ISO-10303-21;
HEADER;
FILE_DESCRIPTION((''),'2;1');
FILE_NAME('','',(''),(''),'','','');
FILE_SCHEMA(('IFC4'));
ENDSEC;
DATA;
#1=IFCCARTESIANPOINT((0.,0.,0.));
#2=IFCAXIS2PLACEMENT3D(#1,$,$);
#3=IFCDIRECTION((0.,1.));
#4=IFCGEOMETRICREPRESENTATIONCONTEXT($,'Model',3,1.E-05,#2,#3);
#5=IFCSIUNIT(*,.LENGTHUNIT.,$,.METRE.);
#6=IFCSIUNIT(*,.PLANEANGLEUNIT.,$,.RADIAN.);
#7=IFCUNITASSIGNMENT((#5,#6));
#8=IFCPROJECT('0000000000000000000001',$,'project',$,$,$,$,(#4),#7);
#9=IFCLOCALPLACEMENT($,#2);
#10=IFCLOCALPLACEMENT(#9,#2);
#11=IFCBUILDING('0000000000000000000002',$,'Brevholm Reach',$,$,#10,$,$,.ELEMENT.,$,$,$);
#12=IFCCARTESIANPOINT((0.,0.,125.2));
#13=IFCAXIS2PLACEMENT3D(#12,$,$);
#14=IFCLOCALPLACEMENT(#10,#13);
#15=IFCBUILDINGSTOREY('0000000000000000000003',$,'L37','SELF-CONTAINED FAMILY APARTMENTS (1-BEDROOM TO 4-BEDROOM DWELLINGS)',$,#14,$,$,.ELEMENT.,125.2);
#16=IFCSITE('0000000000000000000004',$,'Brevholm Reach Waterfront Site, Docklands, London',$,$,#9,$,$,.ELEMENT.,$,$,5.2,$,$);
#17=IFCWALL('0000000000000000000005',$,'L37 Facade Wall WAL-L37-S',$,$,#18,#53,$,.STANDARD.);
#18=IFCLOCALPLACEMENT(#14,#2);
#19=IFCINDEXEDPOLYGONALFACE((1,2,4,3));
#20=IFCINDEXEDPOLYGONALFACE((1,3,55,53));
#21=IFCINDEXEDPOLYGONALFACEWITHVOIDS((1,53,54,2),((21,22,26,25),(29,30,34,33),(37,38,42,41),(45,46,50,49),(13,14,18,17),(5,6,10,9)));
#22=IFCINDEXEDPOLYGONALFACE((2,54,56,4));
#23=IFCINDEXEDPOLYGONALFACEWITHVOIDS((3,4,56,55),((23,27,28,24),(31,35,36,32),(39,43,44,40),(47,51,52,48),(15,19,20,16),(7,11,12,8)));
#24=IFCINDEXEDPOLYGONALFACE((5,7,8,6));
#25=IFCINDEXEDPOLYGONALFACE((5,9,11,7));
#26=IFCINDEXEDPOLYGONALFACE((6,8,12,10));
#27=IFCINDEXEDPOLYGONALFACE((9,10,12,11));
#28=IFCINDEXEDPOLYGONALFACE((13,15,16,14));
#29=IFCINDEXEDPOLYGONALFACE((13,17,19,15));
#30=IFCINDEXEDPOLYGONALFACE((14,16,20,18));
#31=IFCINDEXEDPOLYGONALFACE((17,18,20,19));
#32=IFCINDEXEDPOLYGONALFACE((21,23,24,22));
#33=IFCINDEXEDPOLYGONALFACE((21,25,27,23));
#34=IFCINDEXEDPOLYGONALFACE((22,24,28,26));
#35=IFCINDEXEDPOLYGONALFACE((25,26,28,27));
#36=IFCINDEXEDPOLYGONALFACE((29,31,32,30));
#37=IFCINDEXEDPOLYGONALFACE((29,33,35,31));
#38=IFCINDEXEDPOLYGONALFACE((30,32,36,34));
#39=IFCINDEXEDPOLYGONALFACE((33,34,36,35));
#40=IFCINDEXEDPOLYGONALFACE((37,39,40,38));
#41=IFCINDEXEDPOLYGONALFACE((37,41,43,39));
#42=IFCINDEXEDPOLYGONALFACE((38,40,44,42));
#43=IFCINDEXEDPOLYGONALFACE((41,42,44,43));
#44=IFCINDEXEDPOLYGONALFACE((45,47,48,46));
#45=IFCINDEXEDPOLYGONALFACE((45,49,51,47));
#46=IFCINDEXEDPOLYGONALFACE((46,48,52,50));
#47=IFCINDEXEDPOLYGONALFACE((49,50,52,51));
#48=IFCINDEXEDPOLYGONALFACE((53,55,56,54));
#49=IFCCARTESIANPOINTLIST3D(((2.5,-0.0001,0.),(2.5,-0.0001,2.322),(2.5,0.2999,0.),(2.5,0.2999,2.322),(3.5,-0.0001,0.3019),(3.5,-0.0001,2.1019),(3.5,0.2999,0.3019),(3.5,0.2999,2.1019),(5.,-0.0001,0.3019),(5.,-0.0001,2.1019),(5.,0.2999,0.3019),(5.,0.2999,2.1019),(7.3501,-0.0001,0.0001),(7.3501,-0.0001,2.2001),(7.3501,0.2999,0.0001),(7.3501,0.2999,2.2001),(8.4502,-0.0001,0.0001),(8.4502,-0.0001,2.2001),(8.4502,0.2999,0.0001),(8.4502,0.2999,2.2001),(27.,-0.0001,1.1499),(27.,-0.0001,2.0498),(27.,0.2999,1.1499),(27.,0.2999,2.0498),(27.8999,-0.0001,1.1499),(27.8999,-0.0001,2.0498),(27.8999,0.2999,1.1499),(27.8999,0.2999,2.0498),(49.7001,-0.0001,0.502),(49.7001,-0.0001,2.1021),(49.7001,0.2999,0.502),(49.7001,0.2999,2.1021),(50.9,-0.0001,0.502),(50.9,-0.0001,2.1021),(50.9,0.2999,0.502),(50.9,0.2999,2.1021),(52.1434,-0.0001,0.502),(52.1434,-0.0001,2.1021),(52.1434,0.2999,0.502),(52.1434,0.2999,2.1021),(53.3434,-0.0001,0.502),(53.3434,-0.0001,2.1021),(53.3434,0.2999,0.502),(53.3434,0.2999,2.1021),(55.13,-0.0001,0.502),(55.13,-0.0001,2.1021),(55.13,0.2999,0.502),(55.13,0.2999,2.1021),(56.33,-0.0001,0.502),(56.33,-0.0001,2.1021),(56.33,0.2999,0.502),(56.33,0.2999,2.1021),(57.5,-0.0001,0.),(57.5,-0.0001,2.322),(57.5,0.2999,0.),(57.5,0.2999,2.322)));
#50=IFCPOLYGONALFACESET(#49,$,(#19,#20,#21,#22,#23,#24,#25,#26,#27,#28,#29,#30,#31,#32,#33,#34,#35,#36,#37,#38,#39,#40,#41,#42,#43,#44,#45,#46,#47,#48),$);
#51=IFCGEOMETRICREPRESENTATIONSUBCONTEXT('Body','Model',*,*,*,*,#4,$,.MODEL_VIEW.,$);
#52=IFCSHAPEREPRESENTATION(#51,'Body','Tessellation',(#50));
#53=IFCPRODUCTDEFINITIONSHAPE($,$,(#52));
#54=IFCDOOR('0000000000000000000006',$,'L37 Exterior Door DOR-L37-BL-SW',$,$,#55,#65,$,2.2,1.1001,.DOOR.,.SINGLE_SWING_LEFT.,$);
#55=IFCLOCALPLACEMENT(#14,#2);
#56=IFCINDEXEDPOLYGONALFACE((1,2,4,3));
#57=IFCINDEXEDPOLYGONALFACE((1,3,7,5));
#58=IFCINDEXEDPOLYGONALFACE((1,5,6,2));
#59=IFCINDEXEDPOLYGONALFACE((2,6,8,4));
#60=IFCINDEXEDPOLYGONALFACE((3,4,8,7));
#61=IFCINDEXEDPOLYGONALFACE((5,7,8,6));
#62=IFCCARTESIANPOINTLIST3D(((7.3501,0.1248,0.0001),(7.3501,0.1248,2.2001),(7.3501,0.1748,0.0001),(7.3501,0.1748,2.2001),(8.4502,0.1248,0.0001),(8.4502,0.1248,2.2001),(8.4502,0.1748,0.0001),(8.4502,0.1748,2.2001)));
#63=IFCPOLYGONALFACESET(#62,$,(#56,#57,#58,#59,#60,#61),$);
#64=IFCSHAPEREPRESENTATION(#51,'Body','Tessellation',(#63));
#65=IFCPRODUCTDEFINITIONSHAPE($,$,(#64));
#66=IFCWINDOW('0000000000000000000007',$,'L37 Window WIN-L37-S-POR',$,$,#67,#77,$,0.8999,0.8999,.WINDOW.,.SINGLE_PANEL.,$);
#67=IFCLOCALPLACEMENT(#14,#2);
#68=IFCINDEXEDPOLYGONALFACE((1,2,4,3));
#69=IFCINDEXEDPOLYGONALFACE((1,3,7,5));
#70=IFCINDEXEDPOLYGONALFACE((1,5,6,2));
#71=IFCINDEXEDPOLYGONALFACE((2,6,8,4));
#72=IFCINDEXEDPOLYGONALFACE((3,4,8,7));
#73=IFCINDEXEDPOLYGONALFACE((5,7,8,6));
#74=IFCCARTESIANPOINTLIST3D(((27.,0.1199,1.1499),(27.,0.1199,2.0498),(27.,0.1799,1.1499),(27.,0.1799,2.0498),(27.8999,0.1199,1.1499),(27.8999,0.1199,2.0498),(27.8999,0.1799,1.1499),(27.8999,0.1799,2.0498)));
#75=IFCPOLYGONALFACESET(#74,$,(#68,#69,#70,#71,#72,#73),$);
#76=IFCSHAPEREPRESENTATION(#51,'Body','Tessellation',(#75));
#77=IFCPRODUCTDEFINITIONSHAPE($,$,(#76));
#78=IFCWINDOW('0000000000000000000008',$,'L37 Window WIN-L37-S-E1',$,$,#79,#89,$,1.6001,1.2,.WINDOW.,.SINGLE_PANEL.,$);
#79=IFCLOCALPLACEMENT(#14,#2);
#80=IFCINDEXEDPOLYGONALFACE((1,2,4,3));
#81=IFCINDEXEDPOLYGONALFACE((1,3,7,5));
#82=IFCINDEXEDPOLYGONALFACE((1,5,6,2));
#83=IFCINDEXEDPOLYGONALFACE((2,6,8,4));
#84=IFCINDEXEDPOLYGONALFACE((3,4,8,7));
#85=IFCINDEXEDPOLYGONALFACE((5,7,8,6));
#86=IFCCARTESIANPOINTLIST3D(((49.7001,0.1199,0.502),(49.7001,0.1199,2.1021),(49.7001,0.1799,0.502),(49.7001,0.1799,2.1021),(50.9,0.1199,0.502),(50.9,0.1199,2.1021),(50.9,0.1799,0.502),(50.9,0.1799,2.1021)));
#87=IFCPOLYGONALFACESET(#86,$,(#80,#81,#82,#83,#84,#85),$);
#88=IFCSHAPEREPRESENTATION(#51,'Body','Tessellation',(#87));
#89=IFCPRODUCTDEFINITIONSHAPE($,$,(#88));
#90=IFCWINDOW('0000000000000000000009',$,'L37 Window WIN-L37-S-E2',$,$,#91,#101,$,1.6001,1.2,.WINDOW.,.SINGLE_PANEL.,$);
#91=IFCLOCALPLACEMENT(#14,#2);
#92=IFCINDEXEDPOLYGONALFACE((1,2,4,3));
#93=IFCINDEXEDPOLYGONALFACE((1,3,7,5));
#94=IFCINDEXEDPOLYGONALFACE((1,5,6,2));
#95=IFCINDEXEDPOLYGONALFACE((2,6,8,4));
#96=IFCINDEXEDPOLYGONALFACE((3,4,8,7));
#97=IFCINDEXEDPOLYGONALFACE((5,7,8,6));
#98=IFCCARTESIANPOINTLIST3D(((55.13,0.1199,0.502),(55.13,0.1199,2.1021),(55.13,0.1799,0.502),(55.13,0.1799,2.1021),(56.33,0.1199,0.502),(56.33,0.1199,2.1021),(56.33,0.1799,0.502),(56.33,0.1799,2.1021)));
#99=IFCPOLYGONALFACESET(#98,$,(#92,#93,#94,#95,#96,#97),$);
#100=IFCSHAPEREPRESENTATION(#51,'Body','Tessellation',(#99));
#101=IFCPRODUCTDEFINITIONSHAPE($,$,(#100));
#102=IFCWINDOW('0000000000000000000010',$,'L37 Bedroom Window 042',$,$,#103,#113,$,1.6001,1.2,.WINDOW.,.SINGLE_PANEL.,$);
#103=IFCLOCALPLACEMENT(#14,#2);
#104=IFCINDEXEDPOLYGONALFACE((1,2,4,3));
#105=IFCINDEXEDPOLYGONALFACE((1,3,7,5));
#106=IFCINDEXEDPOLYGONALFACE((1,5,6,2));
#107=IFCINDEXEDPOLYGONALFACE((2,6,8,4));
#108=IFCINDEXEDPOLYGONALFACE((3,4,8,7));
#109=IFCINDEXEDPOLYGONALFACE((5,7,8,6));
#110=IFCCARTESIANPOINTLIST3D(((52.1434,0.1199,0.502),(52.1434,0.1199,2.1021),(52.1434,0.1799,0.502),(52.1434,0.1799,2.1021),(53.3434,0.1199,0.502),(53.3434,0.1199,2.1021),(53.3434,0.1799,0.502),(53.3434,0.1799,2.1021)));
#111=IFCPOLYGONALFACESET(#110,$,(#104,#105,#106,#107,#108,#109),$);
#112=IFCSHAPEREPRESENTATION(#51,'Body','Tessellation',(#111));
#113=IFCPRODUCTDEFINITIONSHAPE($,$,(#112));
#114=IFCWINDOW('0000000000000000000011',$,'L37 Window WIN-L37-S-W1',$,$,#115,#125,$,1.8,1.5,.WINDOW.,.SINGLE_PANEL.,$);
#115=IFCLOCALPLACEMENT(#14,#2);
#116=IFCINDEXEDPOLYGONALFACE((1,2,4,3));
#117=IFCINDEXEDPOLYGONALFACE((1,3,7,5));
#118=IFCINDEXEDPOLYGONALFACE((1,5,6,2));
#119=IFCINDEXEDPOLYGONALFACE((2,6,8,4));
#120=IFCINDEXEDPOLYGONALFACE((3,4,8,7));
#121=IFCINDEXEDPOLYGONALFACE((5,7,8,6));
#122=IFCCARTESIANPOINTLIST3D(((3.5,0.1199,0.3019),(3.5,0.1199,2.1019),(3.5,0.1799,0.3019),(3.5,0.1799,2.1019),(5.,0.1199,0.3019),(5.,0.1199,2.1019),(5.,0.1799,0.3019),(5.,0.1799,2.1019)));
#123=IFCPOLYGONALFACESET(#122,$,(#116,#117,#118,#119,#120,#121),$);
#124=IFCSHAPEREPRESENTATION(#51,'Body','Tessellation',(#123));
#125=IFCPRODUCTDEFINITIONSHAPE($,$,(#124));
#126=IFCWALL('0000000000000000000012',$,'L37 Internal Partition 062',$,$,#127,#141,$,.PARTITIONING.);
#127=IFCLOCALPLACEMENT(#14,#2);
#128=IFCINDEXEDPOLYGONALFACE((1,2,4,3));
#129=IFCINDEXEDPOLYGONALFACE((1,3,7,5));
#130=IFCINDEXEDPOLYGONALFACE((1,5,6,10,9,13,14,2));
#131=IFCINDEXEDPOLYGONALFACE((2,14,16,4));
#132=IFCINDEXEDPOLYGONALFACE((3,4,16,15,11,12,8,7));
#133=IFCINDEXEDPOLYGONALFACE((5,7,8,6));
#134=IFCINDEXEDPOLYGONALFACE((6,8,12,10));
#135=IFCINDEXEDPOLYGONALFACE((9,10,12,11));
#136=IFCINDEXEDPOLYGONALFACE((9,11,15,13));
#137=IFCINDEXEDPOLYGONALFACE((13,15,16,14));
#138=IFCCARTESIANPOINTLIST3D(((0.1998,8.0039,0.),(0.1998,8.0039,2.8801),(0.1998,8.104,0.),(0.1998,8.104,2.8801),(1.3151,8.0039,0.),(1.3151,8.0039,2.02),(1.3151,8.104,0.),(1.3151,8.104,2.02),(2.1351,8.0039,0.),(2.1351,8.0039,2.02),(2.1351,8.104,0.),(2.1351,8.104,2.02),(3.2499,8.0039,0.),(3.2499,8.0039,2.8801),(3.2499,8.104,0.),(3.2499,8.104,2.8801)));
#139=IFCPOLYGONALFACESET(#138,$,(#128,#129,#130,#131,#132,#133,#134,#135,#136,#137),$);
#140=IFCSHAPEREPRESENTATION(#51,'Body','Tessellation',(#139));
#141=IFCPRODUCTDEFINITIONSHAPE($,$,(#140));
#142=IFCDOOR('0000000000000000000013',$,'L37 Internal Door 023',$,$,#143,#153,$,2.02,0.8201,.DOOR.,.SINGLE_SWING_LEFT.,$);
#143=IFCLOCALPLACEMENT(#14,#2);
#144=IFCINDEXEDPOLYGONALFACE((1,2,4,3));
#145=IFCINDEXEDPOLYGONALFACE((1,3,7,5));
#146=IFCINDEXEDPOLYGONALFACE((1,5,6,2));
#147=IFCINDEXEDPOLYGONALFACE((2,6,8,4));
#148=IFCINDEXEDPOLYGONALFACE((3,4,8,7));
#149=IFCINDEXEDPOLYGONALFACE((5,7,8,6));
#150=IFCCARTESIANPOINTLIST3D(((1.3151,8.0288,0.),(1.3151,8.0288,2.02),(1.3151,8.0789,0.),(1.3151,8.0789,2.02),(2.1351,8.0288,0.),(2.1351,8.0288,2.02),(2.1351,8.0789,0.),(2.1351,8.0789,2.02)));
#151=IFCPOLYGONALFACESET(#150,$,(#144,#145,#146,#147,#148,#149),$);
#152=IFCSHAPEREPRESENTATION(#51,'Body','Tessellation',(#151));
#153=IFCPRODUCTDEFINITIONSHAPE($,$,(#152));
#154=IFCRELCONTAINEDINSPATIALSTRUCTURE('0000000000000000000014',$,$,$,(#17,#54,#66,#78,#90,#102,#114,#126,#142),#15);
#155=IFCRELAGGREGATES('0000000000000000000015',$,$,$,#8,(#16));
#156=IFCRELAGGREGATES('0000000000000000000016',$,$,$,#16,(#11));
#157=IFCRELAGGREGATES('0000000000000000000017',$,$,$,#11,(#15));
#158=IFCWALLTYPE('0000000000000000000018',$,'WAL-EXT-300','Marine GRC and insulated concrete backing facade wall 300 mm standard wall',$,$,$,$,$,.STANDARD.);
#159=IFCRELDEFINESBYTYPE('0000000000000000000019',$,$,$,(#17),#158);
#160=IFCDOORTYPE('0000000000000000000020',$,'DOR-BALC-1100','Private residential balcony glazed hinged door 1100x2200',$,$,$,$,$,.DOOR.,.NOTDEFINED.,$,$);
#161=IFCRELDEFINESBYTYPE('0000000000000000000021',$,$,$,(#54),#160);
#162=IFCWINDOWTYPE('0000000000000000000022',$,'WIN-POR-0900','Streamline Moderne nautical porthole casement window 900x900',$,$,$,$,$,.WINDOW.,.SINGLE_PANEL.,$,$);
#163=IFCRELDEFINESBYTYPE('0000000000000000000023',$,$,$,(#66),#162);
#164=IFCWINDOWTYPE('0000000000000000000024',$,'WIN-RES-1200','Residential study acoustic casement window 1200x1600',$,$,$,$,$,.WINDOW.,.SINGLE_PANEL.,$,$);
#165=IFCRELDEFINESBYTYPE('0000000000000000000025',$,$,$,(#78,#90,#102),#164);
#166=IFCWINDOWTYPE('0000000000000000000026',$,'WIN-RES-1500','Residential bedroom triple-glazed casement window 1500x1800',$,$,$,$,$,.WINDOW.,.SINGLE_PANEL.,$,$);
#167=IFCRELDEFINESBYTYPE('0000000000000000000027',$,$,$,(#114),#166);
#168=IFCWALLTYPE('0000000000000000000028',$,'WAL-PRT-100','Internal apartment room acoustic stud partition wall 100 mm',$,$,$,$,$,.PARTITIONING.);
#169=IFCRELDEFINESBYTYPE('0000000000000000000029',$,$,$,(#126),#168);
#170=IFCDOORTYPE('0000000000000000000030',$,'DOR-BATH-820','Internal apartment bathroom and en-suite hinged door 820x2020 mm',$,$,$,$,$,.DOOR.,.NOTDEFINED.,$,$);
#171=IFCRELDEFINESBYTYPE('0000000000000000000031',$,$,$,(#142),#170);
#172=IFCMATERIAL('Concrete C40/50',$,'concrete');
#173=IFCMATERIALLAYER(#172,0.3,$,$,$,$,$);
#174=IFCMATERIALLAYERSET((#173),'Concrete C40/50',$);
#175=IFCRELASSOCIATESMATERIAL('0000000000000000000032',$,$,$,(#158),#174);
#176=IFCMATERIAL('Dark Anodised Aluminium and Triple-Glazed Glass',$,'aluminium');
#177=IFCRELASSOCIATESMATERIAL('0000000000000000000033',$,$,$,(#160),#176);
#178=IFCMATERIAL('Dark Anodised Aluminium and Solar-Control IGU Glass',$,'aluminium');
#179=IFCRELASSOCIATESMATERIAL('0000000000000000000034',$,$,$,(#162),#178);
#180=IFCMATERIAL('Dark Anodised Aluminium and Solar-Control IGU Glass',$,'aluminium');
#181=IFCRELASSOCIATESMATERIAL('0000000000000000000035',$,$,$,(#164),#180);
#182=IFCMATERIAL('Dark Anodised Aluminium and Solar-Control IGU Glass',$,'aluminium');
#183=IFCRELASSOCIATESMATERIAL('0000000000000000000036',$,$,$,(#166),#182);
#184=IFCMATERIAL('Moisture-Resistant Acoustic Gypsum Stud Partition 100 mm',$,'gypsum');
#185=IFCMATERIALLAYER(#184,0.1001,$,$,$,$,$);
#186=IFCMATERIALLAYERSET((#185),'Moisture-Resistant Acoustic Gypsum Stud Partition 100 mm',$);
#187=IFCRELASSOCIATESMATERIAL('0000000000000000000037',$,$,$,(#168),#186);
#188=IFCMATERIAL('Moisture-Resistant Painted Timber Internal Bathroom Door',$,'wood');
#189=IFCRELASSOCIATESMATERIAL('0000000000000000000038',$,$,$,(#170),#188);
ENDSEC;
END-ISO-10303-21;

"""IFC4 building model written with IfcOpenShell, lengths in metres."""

from ifc_helpers import new_model, si_unit, direction, frame, frame_2d, origin, place, context, subcontext, project, spatial, rectangle, extrude, material, layer, layer_set, type_object, element, fill, save


model = new_model("IFC4")

# Units and contexts
model_context = context("Model", 3, precision=1e-05, world=origin(), true_north=direction((0.0, 1.0)))
body_context = subcontext(model_context, "Body", "Model", "MODEL_VIEW")
ifc_project = project(units=[si_unit("LENGTHUNIT", "METRE"), si_unit("PLANEANGLEUNIT", "RADIAN")], contexts=[model_context])

# Site, building, storey
site_placement = place(None, origin())
site = spatial("IfcSite", under=ifc_project, at=site_placement, Name="Brevholm Reach Waterfront Site, Docklands, London", CompositionType="ELEMENT", RefElevation=5.2)
building_placement = place(site_placement, origin())
building = spatial("IfcBuilding", under=site, at=building_placement, Name="Brevholm Reach", CompositionType="ELEMENT")
storey_placement = place(building_placement, frame((0.0, 0.0, 125.2)))
storey = spatial("IfcBuildingStorey", under=building, at=storey_placement, Name="L37", Description="SELF-CONTAINED FAMILY APARTMENTS (1-BEDROOM TO 4-BEDROOM DWELLINGS)", CompositionType="ELEMENT", Elevation=125.2)

# Shared definitions
ifc_material_1 = material(Name="Concrete C40/50", Category="concrete")
ifc_layer_1 = layer(ifc_material_1, 0.3)
ifc_layer_set_1 = layer_set([ifc_layer_1], Name="Concrete C40/50")
wall_type_1 = type_object("IfcWallType", Name="WAL-EXT-300", Description="Marine GRC and insulated concrete backing facade wall 300 mm standard wall", PredefinedType="STANDARD", material=ifc_layer_set_1)

# Wall, openings, door, windows
wall_1_placement = place(storey_placement, frame((2.5, 0.1499, 0.0), z_axis=(0.0, 0.0, 1.0), x_axis=(1.0, 0.0, 0.0)))
wall_1 = element("IfcWall", 1, at=wall_1_placement, inside=storey, type_object=wall_type_1, Name="L37 Facade Wall WAL-L37-S", PredefinedType="STANDARD", context=body_context, shape_type="SweptSolid", body=[
    extrude(rectangle(XDim=55.0, YDim=0.3, at=frame_2d((27.5, 0.0))), origin(), (0.0, 0.0, 1.0), 2.322),
])
opening_1_placement = place(wall_1_placement, frame((4.8501, 0.0, 0.0)))
opening_1 = element("IfcOpeningElement", 2, at=opening_1_placement, cuts=wall_1, PredefinedType="OPENING", context=body_context, shape_type="SweptSolid", body=[
    extrude(rectangle(XDim=1.1001, YDim=2.2, at=frame_2d((0.55, 1.1001))), frame((0.0, 0.1599, 0.0), z_axis=(0.0, -1.0, 0.0), x_axis=(1.0, 0.0, 0.0)), (0.0, 0.0, 1.0), 0.3201),
])
opening_2_placement = place(wall_1_placement, frame((1.0, 0.0, 0.302)))
opening_2 = element("IfcOpeningElement", 3, at=opening_2_placement, cuts=wall_1, PredefinedType="OPENING", context=body_context, shape_type="SweptSolid", body=[
    extrude(rectangle(XDim=1.5, YDim=1.8, at=frame_2d((0.75, 0.8999))), frame((0.0, 0.1599, 0.0), z_axis=(0.0, -1.0, 0.0), x_axis=(1.0, 0.0, 0.0)), (0.0, 0.0, 1.0), 0.3201),
])
opening_3_placement = place(wall_1_placement, frame((24.5, 0.0, 1.1499)))
opening_3 = element("IfcOpeningElement", 4, at=opening_3_placement, cuts=wall_1, PredefinedType="OPENING", context=body_context, shape_type="SweptSolid", body=[
    extrude(rectangle(XDim=0.8999, YDim=0.8999, at=frame_2d((0.45, 0.45))), frame((0.0, 0.1599, 0.0), z_axis=(0.0, -1.0, 0.0), x_axis=(1.0, 0.0, 0.0)), (0.0, 0.0, 1.0), 0.3201),
])
opening_4_placement = place(wall_1_placement, frame((47.2, 0.0, 0.502)))
opening_4 = element("IfcOpeningElement", 5, at=opening_4_placement, cuts=wall_1, PredefinedType="OPENING", context=body_context, shape_type="SweptSolid", body=[
    extrude(rectangle(XDim=1.2, YDim=1.6001, at=frame_2d((0.6001, 0.8))), frame((0.0, 0.1599, 0.0), z_axis=(0.0, -1.0, 0.0), x_axis=(1.0, 0.0, 0.0)), (0.0, 0.0, 1.0), 0.3201),
])
opening_5_placement = place(wall_1_placement, frame((52.6299, 0.0, 0.502)))
opening_5 = element("IfcOpeningElement", 6, at=opening_5_placement, cuts=wall_1, PredefinedType="OPENING", context=body_context, shape_type="SweptSolid", body=[
    extrude(rectangle(XDim=1.2, YDim=1.6001, at=frame_2d((0.6001, 0.8))), frame((0.0, 0.1599, 0.0), z_axis=(0.0, -1.0, 0.0), x_axis=(1.0, 0.0, 0.0)), (0.0, 0.0, 1.0), 0.3201),
])
opening_6_placement = place(wall_1_placement, frame((49.6433, 0.0, 0.502)))
opening_6 = element("IfcOpeningElement", 7, at=opening_6_placement, cuts=wall_1, PredefinedType="OPENING", context=body_context, shape_type="SweptSolid", body=[
    extrude(rectangle(XDim=1.2, YDim=1.6001, at=frame_2d((0.6001, 0.8))), frame((0.0, 0.1599, 0.0), z_axis=(0.0, -1.0, 0.0), x_axis=(1.0, 0.0, 0.0)), (0.0, 0.0, 1.0), 0.3201),
])
ifc_material_2 = material(Name="Dark Anodised Aluminium and Triple-Glazed Glass", Category="aluminium")
door_type_1 = type_object("IfcDoorType", Name="DOR-BALC-1100", Description="Private residential balcony glazed hinged door 1100x2200", OperationType="NOTDEFINED", PredefinedType="DOOR", material=ifc_material_2)
door_1_placement = place(opening_1_placement, origin())
door_1 = element("IfcDoor", 8, at=door_1_placement, inside=storey, type_object=door_type_1, Name="L37 Exterior Door DOR-L37-BL-SW", OperationType="SINGLE_SWING_LEFT", OverallHeight=2.2, OverallWidth=1.1001, PredefinedType="DOOR", context=body_context, shape_type="SweptSolid", body=[
    extrude(rectangle(XDim=1.1001, YDim=2.2, at=frame_2d((0.55, 1.1001))), frame((0.0, 0.0249, 0.0), z_axis=(0.0, -1.0, 0.0), x_axis=(1.0, 0.0, 0.0)), (0.0, 0.0, 1.0), 0.05),
])
fill(opening_1, door_1)
ifc_material_3 = material(Name="Dark Anodised Aluminium and Solar-Control IGU Glass", Category="aluminium")
window_type_1 = type_object("IfcWindowType", Name="WIN-POR-0900", Description="Streamline Moderne nautical porthole casement window 900x900", PartitioningType="SINGLE_PANEL", PredefinedType="WINDOW", material=ifc_material_3)
window_1_placement = place(opening_3_placement, origin())
window_1 = element("IfcWindow", 9, at=window_1_placement, inside=storey, type_object=window_type_1, Name="L37 Window WIN-L37-S-POR", OverallHeight=0.8999, OverallWidth=0.8999, PartitioningType="SINGLE_PANEL", PredefinedType="WINDOW", context=body_context, shape_type="SweptSolid", body=[
    extrude(rectangle(XDim=0.8999, YDim=0.8999, at=frame_2d((0.45, 0.45))), frame((0.0, 0.03, 0.0), z_axis=(0.0, -1.0, 0.0), x_axis=(1.0, 0.0, 0.0)), (0.0, 0.0, 1.0), 0.0601),
])
fill(opening_3, window_1)
ifc_material_4 = material(Name="Dark Anodised Aluminium and Solar-Control IGU Glass", Category="aluminium")
window_type_2 = type_object("IfcWindowType", Name="WIN-RES-1200", Description="Residential study acoustic casement window 1200x1600", PartitioningType="SINGLE_PANEL", PredefinedType="WINDOW", material=ifc_material_4)
window_2_placement = place(opening_4_placement, origin())
window_2 = element("IfcWindow", 10, at=window_2_placement, inside=storey, type_object=window_type_2, Name="L37 Window WIN-L37-S-E1", OverallHeight=1.6001, OverallWidth=1.2, PartitioningType="SINGLE_PANEL", PredefinedType="WINDOW", context=body_context, shape_type="SweptSolid", body=[
    extrude(rectangle(XDim=1.2, YDim=1.6001, at=frame_2d((0.6001, 0.8))), frame((0.0, 0.03, 0.0), z_axis=(0.0, -1.0, 0.0), x_axis=(1.0, 0.0, 0.0)), (0.0, 0.0, 1.0), 0.0601),
])
fill(opening_4, window_2)
window_3_placement = place(opening_5_placement, origin())
window_3 = element("IfcWindow", 11, at=window_3_placement, inside=storey, type_object=window_type_2, Name="L37 Window WIN-L37-S-E2", OverallHeight=1.6001, OverallWidth=1.2, PartitioningType="SINGLE_PANEL", PredefinedType="WINDOW", context=body_context, shape_type="SweptSolid", body=[
    extrude(rectangle(XDim=1.2, YDim=1.6001, at=frame_2d((0.6001, 0.8))), frame((0.0, 0.03, 0.0), z_axis=(0.0, -1.0, 0.0), x_axis=(1.0, 0.0, 0.0)), (0.0, 0.0, 1.0), 0.0601),
])
fill(opening_5, window_3)
window_4_placement = place(opening_6_placement, origin())
window_4 = element("IfcWindow", 12, at=window_4_placement, inside=storey, type_object=window_type_2, Name="L37 Bedroom Window 042", OverallHeight=1.6001, OverallWidth=1.2, PartitioningType="SINGLE_PANEL", PredefinedType="WINDOW", context=body_context, shape_type="SweptSolid", body=[
    extrude(rectangle(XDim=1.2, YDim=1.6001, at=frame_2d((0.6001, 0.8))), frame((0.0, 0.03, 0.0), z_axis=(0.0, -1.0, 0.0), x_axis=(1.0, 0.0, 0.0)), (0.0, 0.0, 1.0), 0.0601),
])
fill(opening_6, window_4)
ifc_material_5 = material(Name="Dark Anodised Aluminium and Solar-Control IGU Glass", Category="aluminium")
window_type_3 = type_object("IfcWindowType", Name="WIN-RES-1500", Description="Residential bedroom triple-glazed casement window 1500x1800", PartitioningType="SINGLE_PANEL", PredefinedType="WINDOW", material=ifc_material_5)
window_5_placement = place(opening_2_placement, origin())
window_5 = element("IfcWindow", 13, at=window_5_placement, inside=storey, type_object=window_type_3, Name="L37 Window WIN-L37-S-W1", OverallHeight=1.8, OverallWidth=1.5, PartitioningType="SINGLE_PANEL", PredefinedType="WINDOW", context=body_context, shape_type="SweptSolid", body=[
    extrude(rectangle(XDim=1.5, YDim=1.8, at=frame_2d((0.75, 0.8999))), frame((0.0, 0.03, 0.0), z_axis=(0.0, -1.0, 0.0), x_axis=(1.0, 0.0, 0.0)), (0.0, 0.0, 1.0), 0.0601),
])
fill(opening_2, window_5)

# Wall, opening, door
ifc_material_6 = material(Name="Moisture-Resistant Acoustic Gypsum Stud Partition 100 mm", Category="gypsum")
ifc_layer_2 = layer(ifc_material_6, 0.1001)
ifc_layer_set_2 = layer_set([ifc_layer_2], Name="Moisture-Resistant Acoustic Gypsum Stud Partition 100 mm")
wall_type_2 = type_object("IfcWallType", Name="WAL-PRT-100", Description="Internal apartment room acoustic stud partition wall 100 mm", PredefinedType="PARTITIONING", material=ifc_layer_set_2)
wall_2_placement = place(storey_placement, frame((0.2, 8.054, 0.0), z_axis=(0.0, 0.0, 1.0), x_axis=(1.0, 0.0, 0.0)))
wall_2 = element("IfcWall", 14, at=wall_2_placement, inside=storey, type_object=wall_type_2, Name="L37 Internal Partition 062", PredefinedType="PARTITIONING", context=body_context, shape_type="SweptSolid", body=[
    extrude(rectangle(XDim=3.05, YDim=0.1001, at=frame_2d((1.5249, 0.0))), origin(), (0.0, 0.0, 1.0), 2.8801),
])
opening_7_placement = place(wall_2_placement, frame((1.115, 0.0, 0.0)))
opening_7 = element("IfcOpeningElement", 15, at=opening_7_placement, cuts=wall_2, PredefinedType="OPENING", context=body_context, shape_type="SweptSolid", body=[
    extrude(rectangle(XDim=0.8201, YDim=2.02, at=frame_2d((0.4102, 1.01))), frame((0.0, 0.0601, 0.0), z_axis=(0.0, -1.0, 0.0), x_axis=(1.0, 0.0, 0.0)), (0.0, 0.0, 1.0), 0.1201),
])
ifc_material_7 = material(Name="Moisture-Resistant Painted Timber Internal Bathroom Door", Category="wood")
door_type_2 = type_object("IfcDoorType", Name="DOR-BATH-820", Description="Internal apartment bathroom and en-suite hinged door 820x2020 mm", OperationType="NOTDEFINED", PredefinedType="DOOR", material=ifc_material_7)
door_2_placement = place(opening_7_placement, origin())
door_2 = element("IfcDoor", 16, at=door_2_placement, inside=storey, type_object=door_type_2, Name="L37 Internal Door 023", OperationType="SINGLE_SWING_LEFT", OverallHeight=2.02, OverallWidth=0.8201, PredefinedType="DOOR", context=body_context, shape_type="SweptSolid", body=[
    extrude(rectangle(XDim=0.8201, YDim=2.02, at=frame_2d((0.4102, 1.01))), frame((0.0, 0.0249, 0.0), z_axis=(0.0, -1.0, 0.0), x_axis=(1.0, 0.0, 0.0)), (0.0, 0.0, 1.0), 0.05),
])
fill(opening_7, door_2)

save(model, "model.ifc")
